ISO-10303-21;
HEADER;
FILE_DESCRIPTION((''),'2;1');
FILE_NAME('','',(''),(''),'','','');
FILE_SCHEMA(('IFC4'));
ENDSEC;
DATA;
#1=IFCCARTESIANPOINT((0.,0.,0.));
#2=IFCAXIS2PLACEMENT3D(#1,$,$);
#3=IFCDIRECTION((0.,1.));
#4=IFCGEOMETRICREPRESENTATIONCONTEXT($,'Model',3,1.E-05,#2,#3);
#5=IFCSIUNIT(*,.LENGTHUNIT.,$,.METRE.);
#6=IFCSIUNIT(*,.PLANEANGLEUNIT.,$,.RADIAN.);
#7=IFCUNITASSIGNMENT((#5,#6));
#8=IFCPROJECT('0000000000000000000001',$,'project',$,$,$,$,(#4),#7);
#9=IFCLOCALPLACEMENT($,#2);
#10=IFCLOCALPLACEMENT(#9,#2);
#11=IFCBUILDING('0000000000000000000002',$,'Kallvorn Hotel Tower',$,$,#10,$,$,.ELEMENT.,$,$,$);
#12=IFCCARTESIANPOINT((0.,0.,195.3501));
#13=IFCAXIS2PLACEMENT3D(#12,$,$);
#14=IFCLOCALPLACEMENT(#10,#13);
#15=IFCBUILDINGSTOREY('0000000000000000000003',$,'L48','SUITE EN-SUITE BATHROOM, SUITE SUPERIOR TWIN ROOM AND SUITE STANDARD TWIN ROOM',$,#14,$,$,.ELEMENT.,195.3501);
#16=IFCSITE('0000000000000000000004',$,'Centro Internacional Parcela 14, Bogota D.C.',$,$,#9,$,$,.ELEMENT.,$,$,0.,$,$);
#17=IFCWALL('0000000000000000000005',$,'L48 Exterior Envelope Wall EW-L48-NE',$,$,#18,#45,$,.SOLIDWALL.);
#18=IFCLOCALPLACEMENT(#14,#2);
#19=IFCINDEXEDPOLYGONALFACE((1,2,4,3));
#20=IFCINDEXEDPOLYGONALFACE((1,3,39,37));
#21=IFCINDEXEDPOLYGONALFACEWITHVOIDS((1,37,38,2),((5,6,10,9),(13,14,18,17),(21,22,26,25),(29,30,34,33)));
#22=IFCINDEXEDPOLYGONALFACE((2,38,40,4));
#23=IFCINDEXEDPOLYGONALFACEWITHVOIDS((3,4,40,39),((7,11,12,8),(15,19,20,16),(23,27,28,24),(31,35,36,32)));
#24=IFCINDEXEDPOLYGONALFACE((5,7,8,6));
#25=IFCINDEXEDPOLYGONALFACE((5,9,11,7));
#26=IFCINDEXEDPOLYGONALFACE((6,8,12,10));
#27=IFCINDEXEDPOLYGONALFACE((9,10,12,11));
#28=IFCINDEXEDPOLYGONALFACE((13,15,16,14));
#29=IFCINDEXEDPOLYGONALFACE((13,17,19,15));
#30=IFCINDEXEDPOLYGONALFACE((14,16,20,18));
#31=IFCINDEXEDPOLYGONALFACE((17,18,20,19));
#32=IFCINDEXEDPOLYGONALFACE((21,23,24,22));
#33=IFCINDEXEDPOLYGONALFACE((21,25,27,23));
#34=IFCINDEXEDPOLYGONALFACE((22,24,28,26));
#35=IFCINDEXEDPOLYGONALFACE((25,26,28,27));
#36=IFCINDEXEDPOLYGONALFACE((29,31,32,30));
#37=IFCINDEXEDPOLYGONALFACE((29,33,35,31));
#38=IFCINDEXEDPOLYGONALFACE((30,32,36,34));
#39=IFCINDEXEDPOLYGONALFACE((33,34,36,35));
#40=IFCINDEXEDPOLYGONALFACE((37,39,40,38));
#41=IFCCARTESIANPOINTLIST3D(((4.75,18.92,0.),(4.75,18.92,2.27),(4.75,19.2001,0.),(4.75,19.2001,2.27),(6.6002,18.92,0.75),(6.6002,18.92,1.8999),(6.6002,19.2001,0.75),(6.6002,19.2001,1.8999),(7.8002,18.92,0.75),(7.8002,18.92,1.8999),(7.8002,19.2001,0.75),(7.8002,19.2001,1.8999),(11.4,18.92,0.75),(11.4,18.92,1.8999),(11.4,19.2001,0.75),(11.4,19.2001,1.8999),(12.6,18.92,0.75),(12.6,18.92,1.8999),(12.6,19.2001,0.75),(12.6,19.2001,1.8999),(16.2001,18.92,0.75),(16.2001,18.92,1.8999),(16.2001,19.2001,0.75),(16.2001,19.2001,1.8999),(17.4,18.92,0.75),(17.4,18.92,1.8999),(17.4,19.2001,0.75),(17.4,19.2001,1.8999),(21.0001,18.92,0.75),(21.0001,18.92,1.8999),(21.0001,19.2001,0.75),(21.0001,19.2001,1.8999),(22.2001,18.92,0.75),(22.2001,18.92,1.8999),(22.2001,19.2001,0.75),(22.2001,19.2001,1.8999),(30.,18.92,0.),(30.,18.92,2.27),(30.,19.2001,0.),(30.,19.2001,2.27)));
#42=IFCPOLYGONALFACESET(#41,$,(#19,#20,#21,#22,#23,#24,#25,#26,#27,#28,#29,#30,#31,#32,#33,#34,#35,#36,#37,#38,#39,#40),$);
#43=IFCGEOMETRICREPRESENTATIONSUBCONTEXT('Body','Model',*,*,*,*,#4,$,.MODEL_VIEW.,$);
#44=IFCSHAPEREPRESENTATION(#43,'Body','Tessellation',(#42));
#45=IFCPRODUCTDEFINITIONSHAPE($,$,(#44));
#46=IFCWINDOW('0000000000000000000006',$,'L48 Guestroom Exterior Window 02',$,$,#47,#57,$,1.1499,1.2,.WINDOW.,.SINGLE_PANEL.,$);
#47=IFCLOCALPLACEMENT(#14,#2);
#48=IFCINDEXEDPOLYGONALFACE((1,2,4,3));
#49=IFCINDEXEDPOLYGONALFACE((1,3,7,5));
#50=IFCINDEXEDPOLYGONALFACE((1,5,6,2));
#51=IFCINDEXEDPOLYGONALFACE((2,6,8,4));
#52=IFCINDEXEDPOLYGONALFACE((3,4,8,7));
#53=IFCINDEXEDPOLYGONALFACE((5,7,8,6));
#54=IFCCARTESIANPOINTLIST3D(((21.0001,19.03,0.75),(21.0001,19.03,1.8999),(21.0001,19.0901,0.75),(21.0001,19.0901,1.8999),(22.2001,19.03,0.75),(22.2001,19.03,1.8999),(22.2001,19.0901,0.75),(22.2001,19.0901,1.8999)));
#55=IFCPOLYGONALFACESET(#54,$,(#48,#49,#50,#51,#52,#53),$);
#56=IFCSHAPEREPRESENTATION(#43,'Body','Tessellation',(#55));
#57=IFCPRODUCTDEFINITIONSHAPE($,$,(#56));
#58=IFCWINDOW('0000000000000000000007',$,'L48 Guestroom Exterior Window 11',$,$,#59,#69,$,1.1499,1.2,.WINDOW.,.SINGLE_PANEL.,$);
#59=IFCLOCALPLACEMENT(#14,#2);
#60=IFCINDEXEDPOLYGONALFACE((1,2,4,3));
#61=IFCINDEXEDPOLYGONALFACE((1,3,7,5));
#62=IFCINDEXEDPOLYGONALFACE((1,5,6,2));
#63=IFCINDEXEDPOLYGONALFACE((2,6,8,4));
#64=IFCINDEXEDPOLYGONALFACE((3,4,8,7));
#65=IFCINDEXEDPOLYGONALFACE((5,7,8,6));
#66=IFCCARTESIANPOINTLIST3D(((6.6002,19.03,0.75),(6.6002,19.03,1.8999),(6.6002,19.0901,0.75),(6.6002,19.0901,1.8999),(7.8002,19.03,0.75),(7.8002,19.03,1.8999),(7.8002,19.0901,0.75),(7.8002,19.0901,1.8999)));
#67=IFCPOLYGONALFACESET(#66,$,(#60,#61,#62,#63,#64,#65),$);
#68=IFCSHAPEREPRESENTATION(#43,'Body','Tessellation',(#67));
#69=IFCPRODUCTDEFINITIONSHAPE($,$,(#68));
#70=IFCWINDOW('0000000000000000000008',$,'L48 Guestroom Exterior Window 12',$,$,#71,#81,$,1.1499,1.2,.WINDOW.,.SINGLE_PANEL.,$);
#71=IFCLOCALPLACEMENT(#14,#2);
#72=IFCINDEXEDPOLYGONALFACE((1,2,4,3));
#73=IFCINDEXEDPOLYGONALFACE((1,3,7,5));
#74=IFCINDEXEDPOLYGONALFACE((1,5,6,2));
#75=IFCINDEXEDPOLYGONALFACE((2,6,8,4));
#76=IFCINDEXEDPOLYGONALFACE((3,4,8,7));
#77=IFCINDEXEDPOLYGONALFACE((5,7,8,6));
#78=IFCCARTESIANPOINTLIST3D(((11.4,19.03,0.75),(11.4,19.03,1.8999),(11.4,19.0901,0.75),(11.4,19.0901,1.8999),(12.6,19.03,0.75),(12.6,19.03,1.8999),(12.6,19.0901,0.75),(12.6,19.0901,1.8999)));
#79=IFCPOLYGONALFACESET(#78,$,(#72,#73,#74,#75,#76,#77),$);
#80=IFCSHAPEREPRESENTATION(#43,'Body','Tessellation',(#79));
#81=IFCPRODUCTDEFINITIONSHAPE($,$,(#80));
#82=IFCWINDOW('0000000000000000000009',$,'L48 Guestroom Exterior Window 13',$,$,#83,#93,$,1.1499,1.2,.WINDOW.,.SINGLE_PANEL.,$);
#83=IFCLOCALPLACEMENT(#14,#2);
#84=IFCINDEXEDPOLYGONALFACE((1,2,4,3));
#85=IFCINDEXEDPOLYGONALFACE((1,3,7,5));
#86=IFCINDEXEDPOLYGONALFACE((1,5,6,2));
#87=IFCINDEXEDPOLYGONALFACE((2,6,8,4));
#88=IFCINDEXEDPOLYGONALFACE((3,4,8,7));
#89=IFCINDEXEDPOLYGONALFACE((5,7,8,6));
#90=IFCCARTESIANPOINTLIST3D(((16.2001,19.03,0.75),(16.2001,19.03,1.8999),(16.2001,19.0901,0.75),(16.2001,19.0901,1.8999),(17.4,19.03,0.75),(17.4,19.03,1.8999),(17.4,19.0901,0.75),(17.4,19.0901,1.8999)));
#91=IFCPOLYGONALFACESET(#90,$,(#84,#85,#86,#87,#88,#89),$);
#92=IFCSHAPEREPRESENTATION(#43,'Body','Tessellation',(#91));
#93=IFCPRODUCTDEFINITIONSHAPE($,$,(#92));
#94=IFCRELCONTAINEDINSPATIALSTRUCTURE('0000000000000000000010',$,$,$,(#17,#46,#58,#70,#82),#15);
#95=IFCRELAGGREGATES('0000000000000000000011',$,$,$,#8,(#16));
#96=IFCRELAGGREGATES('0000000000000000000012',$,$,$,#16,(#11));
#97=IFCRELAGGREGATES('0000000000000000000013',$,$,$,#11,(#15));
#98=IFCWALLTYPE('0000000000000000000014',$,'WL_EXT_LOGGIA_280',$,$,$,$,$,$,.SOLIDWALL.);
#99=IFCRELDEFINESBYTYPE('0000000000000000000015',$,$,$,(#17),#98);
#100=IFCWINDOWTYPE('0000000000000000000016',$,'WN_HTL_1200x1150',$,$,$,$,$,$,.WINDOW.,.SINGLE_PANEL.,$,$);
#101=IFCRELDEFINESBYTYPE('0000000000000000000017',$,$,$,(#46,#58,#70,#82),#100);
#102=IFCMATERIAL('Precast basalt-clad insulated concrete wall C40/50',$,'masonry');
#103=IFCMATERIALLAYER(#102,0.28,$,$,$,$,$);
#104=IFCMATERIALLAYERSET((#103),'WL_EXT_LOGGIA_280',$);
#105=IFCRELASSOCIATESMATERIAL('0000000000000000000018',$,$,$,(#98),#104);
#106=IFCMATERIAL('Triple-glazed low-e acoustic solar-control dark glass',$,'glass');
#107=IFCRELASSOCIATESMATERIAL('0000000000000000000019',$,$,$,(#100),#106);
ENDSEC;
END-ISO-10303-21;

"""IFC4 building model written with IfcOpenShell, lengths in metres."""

from ifc_helpers import new_model, si_unit, direction, frame, frame_2d, origin, place, context, subcontext, project, spatial, rectangle, extrude, material, layer, layer_set, type_object, element, fill, save


model = new_model("IFC4")

# Units and contexts
model_context = context("Model", 3, precision=1e-05, world=origin(), true_north=direction((0.0, 1.0)))
body_context = subcontext(model_context, "Body", "Model", "MODEL_VIEW")
ifc_project = project(units=[si_unit("LENGTHUNIT", "METRE"), si_unit("PLANEANGLEUNIT", "RADIAN")], contexts=[model_context])

# Site, building, storey
site_placement = place(None, origin())
site = spatial("IfcSite", under=ifc_project, at=site_placement, Name="Centro Internacional Parcela 14, Bogota D.C.", CompositionType="ELEMENT", RefElevation=0.0)
building_placement = place(site_placement, origin())
building = spatial("IfcBuilding", under=site, at=building_placement, Name="Kallvorn Hotel Tower", CompositionType="ELEMENT")
storey_placement = place(building_placement, frame((0.0, 0.0, 195.3501)))
storey = spatial("IfcBuildingStorey", under=building, at=storey_placement, Name="L48", Description="SUITE EN-SUITE BATHROOM, SUITE SUPERIOR TWIN ROOM AND SUITE STANDARD TWIN ROOM", CompositionType="ELEMENT", Elevation=195.3501)

# Wall, openings, windows
ifc_material_1 = material(Name="Precast basalt-clad insulated concrete wall C40/50", Category="masonry")
ifc_layer_1 = layer(ifc_material_1, 0.28)
ifc_layer_set_1 = layer_set([ifc_layer_1], Name="WL_EXT_LOGGIA_280")
wall_type_1 = type_object("IfcWallType", Name="WL_EXT_LOGGIA_280", PredefinedType="SOLIDWALL", material=ifc_layer_set_1)
wall_1_placement = place(storey_placement, frame((4.75, 19.0601, 0.0), z_axis=(0.0, 0.0, 1.0), x_axis=(1.0, 0.0, 0.0)))
wall_1 = element("IfcWall", 1, at=wall_1_placement, inside=storey, type_object=wall_type_1, Name="L48 Exterior Envelope Wall EW-L48-NE", PredefinedType="SOLIDWALL", context=body_context, shape_type="SweptSolid", body=[
    extrude(rectangle(XDim=25.25, YDim=0.28, at=frame_2d((12.625, 0.0))), origin(), (0.0, 0.0, 1.0), 2.27),
])
opening_1_placement = place(wall_1_placement, frame((16.25, 0.0, 0.75)))
opening_1 = element("IfcOpeningElement", 2, at=opening_1_placement, cuts=wall_1, PredefinedType="OPENING", context=body_context, shape_type="SweptSolid", body=[
    extrude(rectangle(XDim=1.2, YDim=1.1499, at=frame_2d((0.6001, 0.575))), frame((0.0, 0.155, 0.0), z_axis=(0.0, -1.0, 0.0), x_axis=(1.0, 0.0, 0.0)), (0.0, 0.0, 1.0), 0.3101),
])
opening_2_placement = place(wall_1_placement, frame((1.8501, 0.0, 0.75)))
opening_2 = element("IfcOpeningElement", 3, at=opening_2_placement, cuts=wall_1, PredefinedType="OPENING", context=body_context, shape_type="SweptSolid", body=[
    extrude(rectangle(XDim=1.2, YDim=1.1499, at=frame_2d((0.6001, 0.575))), frame((0.0, 0.155, 0.0), z_axis=(0.0, -1.0, 0.0), x_axis=(1.0, 0.0, 0.0)), (0.0, 0.0, 1.0), 0.3101),
])
opening_3_placement = place(wall_1_placement, frame((6.6499, 0.0, 0.75)))
opening_3 = element("IfcOpeningElement", 4, at=opening_3_placement, cuts=wall_1, PredefinedType="OPENING", context=body_context, shape_type="SweptSolid", body=[
    extrude(rectangle(XDim=1.2, YDim=1.1499, at=frame_2d((0.6001, 0.575))), frame((0.0, 0.155, 0.0), z_axis=(0.0, -1.0, 0.0), x_axis=(1.0, 0.0, 0.0)), (0.0, 0.0, 1.0), 0.3101),
])
opening_4_placement = place(wall_1_placement, frame((11.45, 0.0, 0.75)))
opening_4 = element("IfcOpeningElement", 5, at=opening_4_placement, cuts=wall_1, PredefinedType="OPENING", context=body_context, shape_type="SweptSolid", body=[
    extrude(rectangle(XDim=1.2, YDim=1.1499, at=frame_2d((0.6001, 0.575))), frame((0.0, 0.155, 0.0), z_axis=(0.0, -1.0, 0.0), x_axis=(1.0, 0.0, 0.0)), (0.0, 0.0, 1.0), 0.3101),
])
ifc_material_2 = material(Name="Triple-glazed low-e acoustic solar-control dark glass", Category="glass")
window_type = type_object("IfcWindowType", Name="WN_HTL_1200x1150", PartitioningType="SINGLE_PANEL", PredefinedType="WINDOW", material=ifc_material_2)
window_1_placement = place(opening_1_placement, origin())
window_1 = element("IfcWindow", 6, at=window_1_placement, inside=storey, type_object=window_type, Name="L48 Guestroom Exterior Window 02", OverallHeight=1.1499, OverallWidth=1.2, PartitioningType="SINGLE_PANEL", PredefinedType="WINDOW", context=body_context, shape_type="SweptSolid", body=[
    extrude(rectangle(XDim=1.2, YDim=1.1499, at=frame_2d((0.6001, 0.575))), frame((0.0, 0.03, 0.0), z_axis=(0.0, -1.0, 0.0), x_axis=(1.0, 0.0, 0.0)), (0.0, 0.0, 1.0), 0.0601),
])
fill(opening_1, window_1)
window_2_placement = place(opening_2_placement, origin())
window_2 = element("IfcWindow", 7, at=window_2_placement, inside=storey, type_object=window_type, Name="L48 Guestroom Exterior Window 11", OverallHeight=1.1499, OverallWidth=1.2, PartitioningType="SINGLE_PANEL", PredefinedType="WINDOW", context=body_context, shape_type="SweptSolid", body=[
    extrude(rectangle(XDim=1.2, YDim=1.1499, at=frame_2d((0.6001, 0.575))), frame((0.0, 0.03, 0.0), z_axis=(0.0, -1.0, 0.0), x_axis=(1.0, 0.0, 0.0)), (0.0, 0.0, 1.0), 0.0601),
])
fill(opening_2, window_2)
window_3_placement = place(opening_3_placement, origin())
window_3 = element("IfcWindow", 8, at=window_3_placement, inside=storey, type_object=window_type, Name="L48 Guestroom Exterior Window 12", OverallHeight=1.1499, OverallWidth=1.2, PartitioningType="SINGLE_PANEL", PredefinedType="WINDOW", context=body_context, shape_type="SweptSolid", body=[
    extrude(rectangle(XDim=1.2, YDim=1.1499, at=frame_2d((0.6001, 0.575))), frame((0.0, 0.03, 0.0), z_axis=(0.0, -1.0, 0.0), x_axis=(1.0, 0.0, 0.0)), (0.0, 0.0, 1.0), 0.0601),
])
fill(opening_3, window_3)
window_4_placement = place(opening_4_placement, origin())
window_4 = element("IfcWindow", 9, at=window_4_placement, inside=storey, type_object=window_type, Name="L48 Guestroom Exterior Window 13", OverallHeight=1.1499, OverallWidth=1.2, PartitioningType="SINGLE_PANEL", PredefinedType="WINDOW", context=body_context, shape_type="SweptSolid", body=[
    extrude(rectangle(XDim=1.2, YDim=1.1499, at=frame_2d((0.6001, 0.575))), frame((0.0, 0.03, 0.0), z_axis=(0.0, -1.0, 0.0), x_axis=(1.0, 0.0, 0.0)), (0.0, 0.0, 1.0), 0.0601),
])
fill(opening_4, window_4)

save(model, "model.ifc")
